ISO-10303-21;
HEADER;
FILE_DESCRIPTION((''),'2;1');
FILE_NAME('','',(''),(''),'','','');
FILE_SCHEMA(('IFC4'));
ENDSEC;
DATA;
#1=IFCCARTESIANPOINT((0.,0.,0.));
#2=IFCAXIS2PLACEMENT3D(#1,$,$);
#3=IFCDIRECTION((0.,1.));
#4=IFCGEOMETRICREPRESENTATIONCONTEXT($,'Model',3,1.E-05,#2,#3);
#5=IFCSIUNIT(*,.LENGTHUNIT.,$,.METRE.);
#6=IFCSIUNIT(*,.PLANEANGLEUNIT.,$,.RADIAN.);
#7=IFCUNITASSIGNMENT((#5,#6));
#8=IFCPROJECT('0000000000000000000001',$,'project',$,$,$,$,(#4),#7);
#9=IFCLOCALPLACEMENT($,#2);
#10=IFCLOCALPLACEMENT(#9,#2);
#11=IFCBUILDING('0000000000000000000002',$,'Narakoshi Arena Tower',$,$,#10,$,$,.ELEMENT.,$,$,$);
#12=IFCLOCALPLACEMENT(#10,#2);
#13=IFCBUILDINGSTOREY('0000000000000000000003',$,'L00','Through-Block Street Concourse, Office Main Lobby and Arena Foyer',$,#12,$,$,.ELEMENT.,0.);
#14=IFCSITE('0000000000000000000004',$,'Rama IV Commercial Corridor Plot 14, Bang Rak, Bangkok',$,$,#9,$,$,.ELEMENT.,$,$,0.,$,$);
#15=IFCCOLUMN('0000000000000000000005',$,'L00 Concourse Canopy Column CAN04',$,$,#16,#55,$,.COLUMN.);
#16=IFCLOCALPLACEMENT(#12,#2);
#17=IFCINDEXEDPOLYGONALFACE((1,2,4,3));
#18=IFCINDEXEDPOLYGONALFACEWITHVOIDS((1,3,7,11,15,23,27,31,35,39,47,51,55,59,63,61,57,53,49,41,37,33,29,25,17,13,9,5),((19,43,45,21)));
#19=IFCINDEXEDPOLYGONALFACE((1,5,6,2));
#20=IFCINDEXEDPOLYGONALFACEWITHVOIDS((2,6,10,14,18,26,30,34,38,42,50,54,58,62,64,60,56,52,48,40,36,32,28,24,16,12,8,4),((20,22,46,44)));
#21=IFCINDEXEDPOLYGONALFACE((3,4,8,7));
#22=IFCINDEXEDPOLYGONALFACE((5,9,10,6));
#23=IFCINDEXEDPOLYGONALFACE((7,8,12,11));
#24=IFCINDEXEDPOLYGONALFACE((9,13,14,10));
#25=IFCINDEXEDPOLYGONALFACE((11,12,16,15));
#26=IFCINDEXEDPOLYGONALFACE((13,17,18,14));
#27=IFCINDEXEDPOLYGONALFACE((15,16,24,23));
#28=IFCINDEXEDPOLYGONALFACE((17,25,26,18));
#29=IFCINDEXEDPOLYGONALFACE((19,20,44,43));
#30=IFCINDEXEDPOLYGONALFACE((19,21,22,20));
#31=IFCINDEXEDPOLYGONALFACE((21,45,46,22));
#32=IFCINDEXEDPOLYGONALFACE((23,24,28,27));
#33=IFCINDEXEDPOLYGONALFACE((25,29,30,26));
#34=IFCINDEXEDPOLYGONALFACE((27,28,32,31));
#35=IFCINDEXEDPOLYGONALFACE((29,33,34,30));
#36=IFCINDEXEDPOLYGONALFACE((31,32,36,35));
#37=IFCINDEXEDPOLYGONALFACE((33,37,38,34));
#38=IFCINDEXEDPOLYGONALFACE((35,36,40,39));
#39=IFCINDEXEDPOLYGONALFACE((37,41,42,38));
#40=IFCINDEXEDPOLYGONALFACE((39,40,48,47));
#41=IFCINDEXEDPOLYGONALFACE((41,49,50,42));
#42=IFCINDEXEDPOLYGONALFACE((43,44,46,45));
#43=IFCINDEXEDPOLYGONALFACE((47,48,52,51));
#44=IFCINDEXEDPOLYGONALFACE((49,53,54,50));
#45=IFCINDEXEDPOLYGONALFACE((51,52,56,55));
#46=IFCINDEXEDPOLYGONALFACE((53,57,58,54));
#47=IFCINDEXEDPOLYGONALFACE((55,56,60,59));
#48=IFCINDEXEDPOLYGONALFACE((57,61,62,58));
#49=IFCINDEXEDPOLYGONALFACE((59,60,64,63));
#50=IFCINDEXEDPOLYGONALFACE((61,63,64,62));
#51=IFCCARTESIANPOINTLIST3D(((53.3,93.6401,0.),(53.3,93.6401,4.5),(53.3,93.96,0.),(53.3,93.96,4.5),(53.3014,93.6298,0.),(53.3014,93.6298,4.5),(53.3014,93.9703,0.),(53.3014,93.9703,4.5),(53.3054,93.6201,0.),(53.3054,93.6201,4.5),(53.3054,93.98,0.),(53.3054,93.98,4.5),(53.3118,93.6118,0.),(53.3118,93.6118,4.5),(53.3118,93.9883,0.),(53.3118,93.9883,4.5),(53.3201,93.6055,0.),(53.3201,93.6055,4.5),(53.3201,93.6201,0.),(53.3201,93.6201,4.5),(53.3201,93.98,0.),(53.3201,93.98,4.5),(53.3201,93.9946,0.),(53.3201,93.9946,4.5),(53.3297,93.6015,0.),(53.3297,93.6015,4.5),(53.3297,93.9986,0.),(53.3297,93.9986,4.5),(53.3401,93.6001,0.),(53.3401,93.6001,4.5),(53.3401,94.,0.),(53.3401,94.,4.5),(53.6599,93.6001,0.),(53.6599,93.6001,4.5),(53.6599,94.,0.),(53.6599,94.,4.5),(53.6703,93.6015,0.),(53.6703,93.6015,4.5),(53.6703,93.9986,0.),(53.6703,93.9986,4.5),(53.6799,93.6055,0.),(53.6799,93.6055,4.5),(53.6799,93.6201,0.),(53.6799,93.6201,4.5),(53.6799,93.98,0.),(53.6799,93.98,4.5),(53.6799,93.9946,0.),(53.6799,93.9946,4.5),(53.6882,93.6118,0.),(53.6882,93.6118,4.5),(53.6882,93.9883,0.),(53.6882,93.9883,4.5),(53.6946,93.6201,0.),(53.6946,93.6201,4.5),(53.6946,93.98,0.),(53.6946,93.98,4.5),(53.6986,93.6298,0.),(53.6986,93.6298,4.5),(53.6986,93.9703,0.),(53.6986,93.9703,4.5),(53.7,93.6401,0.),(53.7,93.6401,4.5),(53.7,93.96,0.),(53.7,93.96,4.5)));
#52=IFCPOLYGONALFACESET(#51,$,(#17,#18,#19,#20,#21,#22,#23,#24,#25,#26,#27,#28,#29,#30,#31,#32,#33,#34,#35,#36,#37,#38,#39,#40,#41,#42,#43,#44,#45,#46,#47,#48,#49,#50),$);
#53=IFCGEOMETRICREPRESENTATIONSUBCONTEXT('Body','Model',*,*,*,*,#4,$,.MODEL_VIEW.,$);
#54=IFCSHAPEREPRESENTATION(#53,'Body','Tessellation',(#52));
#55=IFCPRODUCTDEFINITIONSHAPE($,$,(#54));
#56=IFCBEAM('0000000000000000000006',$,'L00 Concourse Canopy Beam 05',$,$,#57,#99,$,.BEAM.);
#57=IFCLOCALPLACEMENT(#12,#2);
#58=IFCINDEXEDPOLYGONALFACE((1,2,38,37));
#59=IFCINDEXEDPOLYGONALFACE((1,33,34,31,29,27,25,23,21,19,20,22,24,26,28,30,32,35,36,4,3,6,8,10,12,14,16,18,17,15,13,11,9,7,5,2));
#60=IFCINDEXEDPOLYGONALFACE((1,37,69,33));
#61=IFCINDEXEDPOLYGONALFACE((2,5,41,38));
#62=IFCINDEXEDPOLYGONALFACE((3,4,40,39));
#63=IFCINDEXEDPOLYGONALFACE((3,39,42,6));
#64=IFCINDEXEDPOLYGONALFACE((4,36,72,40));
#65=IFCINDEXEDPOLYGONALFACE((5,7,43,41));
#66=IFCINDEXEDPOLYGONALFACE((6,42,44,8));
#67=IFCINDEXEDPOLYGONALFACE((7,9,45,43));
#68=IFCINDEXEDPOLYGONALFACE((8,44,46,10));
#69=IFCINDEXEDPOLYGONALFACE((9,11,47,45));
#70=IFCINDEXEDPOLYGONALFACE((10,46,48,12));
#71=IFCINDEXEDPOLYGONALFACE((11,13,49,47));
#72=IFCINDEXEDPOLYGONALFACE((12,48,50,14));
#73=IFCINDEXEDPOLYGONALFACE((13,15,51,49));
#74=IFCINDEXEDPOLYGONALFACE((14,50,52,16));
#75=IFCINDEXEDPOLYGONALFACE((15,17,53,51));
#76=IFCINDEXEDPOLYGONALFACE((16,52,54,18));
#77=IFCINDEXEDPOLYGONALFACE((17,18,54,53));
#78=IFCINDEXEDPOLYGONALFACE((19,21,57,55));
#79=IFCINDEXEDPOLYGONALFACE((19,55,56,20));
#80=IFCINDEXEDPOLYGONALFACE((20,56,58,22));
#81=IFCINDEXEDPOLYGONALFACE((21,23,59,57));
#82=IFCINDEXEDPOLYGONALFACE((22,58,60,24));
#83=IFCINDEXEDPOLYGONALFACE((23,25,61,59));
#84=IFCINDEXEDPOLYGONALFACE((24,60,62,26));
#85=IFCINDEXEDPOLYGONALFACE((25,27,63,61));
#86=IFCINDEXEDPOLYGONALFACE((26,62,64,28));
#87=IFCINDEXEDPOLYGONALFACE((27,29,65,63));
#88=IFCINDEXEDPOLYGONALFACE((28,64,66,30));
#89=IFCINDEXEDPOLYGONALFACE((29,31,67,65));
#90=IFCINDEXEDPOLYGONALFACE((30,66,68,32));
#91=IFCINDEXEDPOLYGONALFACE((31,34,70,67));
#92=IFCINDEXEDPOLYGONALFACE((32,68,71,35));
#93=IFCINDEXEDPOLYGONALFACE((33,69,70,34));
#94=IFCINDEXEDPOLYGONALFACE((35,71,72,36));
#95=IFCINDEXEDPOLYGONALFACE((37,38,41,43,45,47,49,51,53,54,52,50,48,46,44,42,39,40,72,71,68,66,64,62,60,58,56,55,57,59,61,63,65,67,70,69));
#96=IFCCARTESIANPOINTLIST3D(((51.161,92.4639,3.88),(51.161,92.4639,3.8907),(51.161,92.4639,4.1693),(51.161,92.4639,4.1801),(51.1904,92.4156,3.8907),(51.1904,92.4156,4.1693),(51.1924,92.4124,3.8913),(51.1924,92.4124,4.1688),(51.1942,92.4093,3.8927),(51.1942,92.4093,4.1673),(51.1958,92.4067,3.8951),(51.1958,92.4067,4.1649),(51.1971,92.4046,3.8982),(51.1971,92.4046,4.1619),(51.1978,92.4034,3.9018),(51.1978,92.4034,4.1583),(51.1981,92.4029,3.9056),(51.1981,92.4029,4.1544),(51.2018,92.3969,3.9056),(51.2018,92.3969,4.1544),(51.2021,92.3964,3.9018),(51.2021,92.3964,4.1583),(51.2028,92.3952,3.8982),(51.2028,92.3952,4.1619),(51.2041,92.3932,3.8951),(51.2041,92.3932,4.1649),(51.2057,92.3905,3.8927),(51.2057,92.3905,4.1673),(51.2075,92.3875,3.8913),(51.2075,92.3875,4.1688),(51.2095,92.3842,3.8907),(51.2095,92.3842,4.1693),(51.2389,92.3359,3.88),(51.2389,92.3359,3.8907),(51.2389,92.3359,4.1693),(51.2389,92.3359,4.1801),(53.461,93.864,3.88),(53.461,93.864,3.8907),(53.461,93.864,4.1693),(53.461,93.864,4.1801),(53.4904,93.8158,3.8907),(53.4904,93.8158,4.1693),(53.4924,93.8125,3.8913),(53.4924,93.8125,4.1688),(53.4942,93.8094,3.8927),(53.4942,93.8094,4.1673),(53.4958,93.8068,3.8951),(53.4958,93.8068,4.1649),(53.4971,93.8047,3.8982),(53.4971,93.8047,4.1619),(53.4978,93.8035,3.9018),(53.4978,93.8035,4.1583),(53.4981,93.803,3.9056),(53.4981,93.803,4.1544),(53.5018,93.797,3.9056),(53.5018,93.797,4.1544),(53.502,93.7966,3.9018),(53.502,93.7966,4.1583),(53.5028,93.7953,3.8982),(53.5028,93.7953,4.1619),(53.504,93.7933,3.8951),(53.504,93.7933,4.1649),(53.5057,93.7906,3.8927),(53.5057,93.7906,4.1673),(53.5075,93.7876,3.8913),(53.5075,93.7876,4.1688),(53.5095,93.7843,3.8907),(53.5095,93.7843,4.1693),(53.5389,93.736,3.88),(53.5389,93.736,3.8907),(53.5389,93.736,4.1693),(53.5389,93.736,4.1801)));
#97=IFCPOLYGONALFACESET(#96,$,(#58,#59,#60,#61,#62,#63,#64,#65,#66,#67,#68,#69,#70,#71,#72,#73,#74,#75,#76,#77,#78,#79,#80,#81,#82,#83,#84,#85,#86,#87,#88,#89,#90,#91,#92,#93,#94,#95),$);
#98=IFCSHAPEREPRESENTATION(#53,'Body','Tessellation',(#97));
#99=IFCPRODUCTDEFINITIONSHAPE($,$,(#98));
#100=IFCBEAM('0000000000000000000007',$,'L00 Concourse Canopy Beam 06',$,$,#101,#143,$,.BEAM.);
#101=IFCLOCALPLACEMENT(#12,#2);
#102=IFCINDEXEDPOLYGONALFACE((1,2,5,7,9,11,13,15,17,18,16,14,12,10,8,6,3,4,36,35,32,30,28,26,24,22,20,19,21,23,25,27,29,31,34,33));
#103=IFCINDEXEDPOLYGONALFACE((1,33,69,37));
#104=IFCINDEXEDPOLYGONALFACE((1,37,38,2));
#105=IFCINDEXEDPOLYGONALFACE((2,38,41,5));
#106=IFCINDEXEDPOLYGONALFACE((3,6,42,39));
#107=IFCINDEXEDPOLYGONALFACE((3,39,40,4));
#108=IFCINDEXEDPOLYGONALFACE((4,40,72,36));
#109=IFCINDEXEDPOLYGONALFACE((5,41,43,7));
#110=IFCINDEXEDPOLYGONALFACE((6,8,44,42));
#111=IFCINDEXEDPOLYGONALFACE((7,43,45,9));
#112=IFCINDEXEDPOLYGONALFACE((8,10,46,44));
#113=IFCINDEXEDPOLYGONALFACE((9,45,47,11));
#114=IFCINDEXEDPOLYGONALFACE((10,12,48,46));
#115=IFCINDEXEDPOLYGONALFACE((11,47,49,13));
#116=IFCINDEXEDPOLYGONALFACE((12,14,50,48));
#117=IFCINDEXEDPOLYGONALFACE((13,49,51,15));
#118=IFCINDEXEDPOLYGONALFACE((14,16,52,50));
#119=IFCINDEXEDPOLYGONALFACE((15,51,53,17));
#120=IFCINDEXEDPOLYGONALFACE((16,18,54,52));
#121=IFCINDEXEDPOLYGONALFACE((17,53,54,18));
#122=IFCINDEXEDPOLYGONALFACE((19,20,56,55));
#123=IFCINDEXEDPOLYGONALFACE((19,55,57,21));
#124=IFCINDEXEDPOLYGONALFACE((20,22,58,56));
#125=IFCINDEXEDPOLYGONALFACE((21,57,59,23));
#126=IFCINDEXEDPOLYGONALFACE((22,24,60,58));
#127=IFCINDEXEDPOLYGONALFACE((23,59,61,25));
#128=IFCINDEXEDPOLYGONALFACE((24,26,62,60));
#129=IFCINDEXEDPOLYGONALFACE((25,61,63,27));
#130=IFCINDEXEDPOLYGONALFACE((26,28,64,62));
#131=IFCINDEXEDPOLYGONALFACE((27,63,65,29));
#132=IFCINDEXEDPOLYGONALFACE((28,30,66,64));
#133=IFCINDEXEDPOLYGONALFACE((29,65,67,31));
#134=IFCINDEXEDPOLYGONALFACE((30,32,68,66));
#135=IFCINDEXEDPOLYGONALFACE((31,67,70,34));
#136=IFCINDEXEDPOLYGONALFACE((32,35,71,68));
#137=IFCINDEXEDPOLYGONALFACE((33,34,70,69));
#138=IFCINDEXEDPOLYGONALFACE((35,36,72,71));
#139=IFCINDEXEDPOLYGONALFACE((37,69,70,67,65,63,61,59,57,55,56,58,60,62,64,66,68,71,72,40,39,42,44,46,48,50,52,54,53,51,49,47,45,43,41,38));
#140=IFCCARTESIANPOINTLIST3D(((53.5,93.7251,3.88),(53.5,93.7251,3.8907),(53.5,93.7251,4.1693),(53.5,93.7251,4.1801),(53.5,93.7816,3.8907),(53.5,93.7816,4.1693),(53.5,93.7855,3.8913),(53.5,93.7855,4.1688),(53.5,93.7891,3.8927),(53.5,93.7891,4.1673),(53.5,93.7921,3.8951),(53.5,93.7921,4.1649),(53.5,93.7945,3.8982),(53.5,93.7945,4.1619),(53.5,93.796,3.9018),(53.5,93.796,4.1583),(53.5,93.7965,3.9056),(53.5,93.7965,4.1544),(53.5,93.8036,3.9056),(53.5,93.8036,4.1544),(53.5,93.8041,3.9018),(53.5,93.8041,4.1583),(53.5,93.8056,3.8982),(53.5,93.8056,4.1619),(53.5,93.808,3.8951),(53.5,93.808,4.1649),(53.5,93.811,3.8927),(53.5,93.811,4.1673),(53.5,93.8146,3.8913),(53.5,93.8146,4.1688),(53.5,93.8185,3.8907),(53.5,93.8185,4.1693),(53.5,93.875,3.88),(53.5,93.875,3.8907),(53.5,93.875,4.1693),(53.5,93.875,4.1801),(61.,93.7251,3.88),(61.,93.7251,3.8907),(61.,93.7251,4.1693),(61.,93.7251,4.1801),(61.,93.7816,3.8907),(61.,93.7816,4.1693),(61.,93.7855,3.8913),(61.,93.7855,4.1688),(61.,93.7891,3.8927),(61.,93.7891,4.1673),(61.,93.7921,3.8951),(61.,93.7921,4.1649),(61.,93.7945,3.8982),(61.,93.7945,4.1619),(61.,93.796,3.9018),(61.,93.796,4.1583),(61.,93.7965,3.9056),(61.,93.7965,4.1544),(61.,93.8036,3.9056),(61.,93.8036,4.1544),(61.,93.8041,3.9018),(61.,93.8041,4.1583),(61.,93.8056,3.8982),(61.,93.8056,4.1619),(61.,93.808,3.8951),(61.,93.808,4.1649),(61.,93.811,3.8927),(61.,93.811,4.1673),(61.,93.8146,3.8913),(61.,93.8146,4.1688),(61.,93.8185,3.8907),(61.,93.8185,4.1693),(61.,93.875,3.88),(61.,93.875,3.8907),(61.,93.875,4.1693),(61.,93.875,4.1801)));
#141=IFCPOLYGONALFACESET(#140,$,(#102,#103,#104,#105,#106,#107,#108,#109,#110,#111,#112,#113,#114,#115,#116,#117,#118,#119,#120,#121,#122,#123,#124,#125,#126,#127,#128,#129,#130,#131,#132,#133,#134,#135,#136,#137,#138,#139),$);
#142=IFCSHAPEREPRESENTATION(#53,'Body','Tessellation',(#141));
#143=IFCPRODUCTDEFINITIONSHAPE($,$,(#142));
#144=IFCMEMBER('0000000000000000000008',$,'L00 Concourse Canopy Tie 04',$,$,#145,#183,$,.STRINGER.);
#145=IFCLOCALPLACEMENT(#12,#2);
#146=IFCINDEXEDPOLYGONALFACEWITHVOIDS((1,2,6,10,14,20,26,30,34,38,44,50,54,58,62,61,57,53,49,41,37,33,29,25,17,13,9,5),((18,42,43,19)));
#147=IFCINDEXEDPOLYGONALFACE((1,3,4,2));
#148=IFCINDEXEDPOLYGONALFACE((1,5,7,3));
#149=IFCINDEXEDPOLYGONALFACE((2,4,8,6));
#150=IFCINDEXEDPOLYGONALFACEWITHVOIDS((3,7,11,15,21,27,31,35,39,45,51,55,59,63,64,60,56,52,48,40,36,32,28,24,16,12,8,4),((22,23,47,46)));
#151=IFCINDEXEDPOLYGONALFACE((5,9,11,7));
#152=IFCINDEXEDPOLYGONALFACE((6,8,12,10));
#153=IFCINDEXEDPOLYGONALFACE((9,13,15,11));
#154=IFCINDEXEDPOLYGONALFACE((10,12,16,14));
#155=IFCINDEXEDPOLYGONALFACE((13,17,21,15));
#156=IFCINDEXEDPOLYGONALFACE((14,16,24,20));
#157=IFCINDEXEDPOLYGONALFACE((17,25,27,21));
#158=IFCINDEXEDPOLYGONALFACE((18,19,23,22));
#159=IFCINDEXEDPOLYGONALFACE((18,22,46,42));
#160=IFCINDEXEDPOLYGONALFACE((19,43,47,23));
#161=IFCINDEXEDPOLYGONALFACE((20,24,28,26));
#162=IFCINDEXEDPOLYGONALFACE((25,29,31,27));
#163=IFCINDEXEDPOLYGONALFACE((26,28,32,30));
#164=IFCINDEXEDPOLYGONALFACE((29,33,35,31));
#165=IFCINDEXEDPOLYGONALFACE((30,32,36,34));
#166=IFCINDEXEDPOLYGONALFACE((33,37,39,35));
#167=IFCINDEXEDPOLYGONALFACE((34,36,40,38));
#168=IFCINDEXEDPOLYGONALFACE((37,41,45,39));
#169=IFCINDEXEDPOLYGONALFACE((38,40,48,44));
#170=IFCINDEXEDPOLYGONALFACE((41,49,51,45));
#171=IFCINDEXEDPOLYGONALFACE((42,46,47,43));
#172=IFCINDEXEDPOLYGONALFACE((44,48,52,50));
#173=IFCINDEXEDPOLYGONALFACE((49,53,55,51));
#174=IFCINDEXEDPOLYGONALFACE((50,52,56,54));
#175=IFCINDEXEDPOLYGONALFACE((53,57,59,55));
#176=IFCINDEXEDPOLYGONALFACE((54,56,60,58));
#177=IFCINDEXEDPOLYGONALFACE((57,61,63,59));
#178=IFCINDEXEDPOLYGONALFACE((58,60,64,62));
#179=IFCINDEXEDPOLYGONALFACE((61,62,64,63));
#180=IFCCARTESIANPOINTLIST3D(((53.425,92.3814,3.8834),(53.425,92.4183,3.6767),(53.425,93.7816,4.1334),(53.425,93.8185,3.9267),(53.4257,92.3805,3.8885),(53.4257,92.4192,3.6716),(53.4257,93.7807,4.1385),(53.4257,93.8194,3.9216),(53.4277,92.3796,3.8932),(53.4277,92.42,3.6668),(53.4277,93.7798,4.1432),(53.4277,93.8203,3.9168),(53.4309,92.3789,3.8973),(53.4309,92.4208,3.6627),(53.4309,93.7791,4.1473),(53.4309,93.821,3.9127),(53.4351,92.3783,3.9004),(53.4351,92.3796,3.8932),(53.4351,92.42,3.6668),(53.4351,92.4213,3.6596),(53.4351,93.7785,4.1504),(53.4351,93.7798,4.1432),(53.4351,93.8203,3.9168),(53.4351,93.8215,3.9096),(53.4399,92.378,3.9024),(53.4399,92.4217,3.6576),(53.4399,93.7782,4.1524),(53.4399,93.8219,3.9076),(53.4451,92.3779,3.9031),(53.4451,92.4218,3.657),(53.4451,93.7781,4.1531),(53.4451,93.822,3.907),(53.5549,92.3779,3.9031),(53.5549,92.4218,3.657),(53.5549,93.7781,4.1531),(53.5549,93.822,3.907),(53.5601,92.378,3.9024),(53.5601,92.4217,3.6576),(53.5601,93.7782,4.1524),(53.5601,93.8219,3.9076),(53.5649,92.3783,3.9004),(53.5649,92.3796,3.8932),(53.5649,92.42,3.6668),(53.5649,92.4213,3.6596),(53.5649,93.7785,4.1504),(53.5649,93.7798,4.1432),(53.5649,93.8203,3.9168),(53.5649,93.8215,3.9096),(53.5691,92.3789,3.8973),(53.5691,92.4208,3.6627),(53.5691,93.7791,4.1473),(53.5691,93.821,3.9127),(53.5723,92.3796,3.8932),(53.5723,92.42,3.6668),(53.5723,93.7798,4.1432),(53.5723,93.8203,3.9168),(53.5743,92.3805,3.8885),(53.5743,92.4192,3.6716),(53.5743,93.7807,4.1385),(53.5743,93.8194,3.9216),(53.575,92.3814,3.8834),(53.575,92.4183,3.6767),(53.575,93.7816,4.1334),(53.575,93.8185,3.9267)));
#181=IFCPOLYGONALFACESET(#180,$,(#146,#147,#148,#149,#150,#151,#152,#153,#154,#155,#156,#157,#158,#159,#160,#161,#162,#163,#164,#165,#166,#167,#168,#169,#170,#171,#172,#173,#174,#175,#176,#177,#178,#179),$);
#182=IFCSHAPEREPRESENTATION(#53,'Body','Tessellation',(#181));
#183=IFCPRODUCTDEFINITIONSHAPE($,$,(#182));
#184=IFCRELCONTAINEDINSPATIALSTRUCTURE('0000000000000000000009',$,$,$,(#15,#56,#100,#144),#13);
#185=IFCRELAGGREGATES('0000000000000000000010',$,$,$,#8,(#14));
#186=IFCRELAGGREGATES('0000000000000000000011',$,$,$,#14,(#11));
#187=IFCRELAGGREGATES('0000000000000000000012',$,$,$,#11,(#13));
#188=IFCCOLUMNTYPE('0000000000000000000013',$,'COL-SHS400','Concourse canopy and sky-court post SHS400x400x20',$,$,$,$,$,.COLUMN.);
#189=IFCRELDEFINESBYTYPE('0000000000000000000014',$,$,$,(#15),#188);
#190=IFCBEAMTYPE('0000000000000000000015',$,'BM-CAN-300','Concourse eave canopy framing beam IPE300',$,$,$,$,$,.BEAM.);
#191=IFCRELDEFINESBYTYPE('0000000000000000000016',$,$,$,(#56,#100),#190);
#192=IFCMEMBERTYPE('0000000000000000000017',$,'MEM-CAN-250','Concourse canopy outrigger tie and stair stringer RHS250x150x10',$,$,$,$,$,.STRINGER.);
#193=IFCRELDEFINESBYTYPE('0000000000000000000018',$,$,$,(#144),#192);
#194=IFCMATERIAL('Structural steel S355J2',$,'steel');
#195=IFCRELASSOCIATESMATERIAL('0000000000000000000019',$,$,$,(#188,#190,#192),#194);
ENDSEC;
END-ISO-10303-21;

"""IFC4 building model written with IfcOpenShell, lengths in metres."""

from ifc_helpers import new_model, si_unit, direction, frame, origin, origin_2d, place, context, subcontext, project, spatial, hollow_rectangle, i_section, extrude, material, material_profile, profile_set, type_object, element, save


model = new_model("IFC4")

# Units and contexts
model_context = context("Model", 3, precision=1e-05, world=origin(), true_north=direction((0.0, 1.0)))
body_context = subcontext(model_context, "Body", "Model", "MODEL_VIEW")
ifc_project = project(units=[si_unit("LENGTHUNIT", "METRE"), si_unit("PLANEANGLEUNIT", "RADIAN")], contexts=[model_context])

# Site, building, storey
site_placement = place(None, origin())
site = spatial("IfcSite", under=ifc_project, at=site_placement, Name="Rama IV Commercial Corridor Plot 14, Bang Rak, Bangkok", CompositionType="ELEMENT", RefElevation=0.0)
building_placement = place(site_placement, origin())
building = spatial("IfcBuilding", under=site, at=building_placement, Name="Narakoshi Arena Tower", CompositionType="ELEMENT")
storey_placement = place(building_placement, origin())
storey = spatial("IfcBuildingStorey", under=building, at=storey_placement, Name="L00", Description="Through-Block Street Concourse, Office Main Lobby and Arena Foyer", CompositionType="ELEMENT", Elevation=0.0)

# Column
ifc_material_1 = material(Name="Structural steel S355J2", Category="steel")
ifc_material_profile_1 = material_profile(ifc_material_1, hollow_rectangle(XDim=0.3999, YDim=0.3999, WallThickness=0.02, OuterFilletRadius=0.04, at=origin_2d()), Name="SHS400x400x20")
ifc_profile_set_1 = profile_set([ifc_material_profile_1], Name="Structural steel S355J2")
column_type = type_object("IfcColumnType", Name="COL-SHS400", Description="Concourse canopy and sky-court post SHS400x400x20", PredefinedType="COLUMN", material=ifc_profile_set_1)
column_placement = place(storey_placement, frame((53.5, 93.8, 0.0), z_axis=(0.0, 0.0, 1.0), x_axis=(1.0, 0.0, 0.0)))
element("IfcColumn", 1, at=column_placement, inside=storey, type_object=column_type, Name="L00 Concourse Canopy Column CAN04", PredefinedType="COLUMN", context=body_context, shape_type="SweptSolid", body=[
    extrude(hollow_rectangle(XDim=0.3999, YDim=0.3999, WallThickness=0.02, OuterFilletRadius=0.04, at=origin_2d()), origin(), (0.0, 0.0, 1.0), 4.5),
])

# Beams
ifc_material_profile_2 = material_profile(ifc_material_1, i_section(OverallWidth=0.1499, OverallDepth=0.3, WebThickness=0.0071, FlangeThickness=0.0107, FilletRadius=0.0149, at=origin_2d()), Name="IPE300")
ifc_profile_set_2 = profile_set([ifc_material_profile_2], Name="Structural steel S355J2")
beam_type = type_object("IfcBeamType", Name="BM-CAN-300", Description="Concourse eave canopy framing beam IPE300", PredefinedType="BEAM", material=ifc_profile_set_2)
beam_1_placement = place(storey_placement, frame((51.2, 92.3999, 4.03), z_axis=(0.854179, 0.519979, 0.0), x_axis=(-0.519979, 0.854179, 0.0)))
element("IfcBeam", 2, at=beam_1_placement, inside=storey, type_object=beam_type, Name="L00 Concourse Canopy Beam 05", PredefinedType="BEAM", context=body_context, shape_type="SweptSolid", body=[
    extrude(i_section(OverallWidth=0.1499, OverallDepth=0.3, WebThickness=0.0071, FlangeThickness=0.0107, FilletRadius=0.0149, at=origin_2d()), origin(), (0.0, 0.0, 1.0), 2.6926),
])
beam_2_placement = place(storey_placement, frame((53.5, 93.8, 4.03), z_axis=(1.0, 0.0, 0.0), x_axis=(0.0, 1.0, 0.0)))
element("IfcBeam", 3, at=beam_2_placement, inside=storey, type_object=beam_type, Name="L00 Concourse Canopy Beam 06", PredefinedType="BEAM", context=body_context, shape_type="SweptSolid", body=[
    extrude(i_section(OverallWidth=0.1499, OverallDepth=0.3, WebThickness=0.0071, FlangeThickness=0.0107, FilletRadius=0.0149, at=origin_2d()), origin(), (0.0, 0.0, 1.0), 7.5),
])

# Member
ifc_material_profile_3 = material_profile(ifc_material_1, hollow_rectangle(XDim=0.1499, YDim=0.25, WallThickness=0.01, OuterFilletRadius=0.02, at=origin_2d()), Name="RHS250x150x10")
ifc_profile_set_3 = profile_set([ifc_material_profile_3], Name="Structural steel S355J2")
member_type_1 = type_object("IfcMemberType", Name="MEM-CAN-250", Description="Concourse canopy outrigger tie and stair stringer RHS250x150x10", PredefinedType="STRINGER", material=ifc_profile_set_3)
member_1_placement = place(storey_placement, frame((53.5, 93.8, 4.03), z_axis=(0.0, -0.984431, -0.175773), x_axis=(1.0, 0.0, 0.0)))
element("IfcMember", 4, at=member_1_placement, inside=storey, type_object=member_type_1, Name="L00 Concourse Canopy Tie 04", PredefinedType="STRINGER", context=body_context, shape_type="SweptSolid", body=[
    extrude(hollow_rectangle(XDim=0.1499, YDim=0.25, WallThickness=0.01, OuterFilletRadius=0.02, at=origin_2d()), origin(), (0.0, 0.0, 1.0), 1.4224),
])

save(model, "model.ifc")
